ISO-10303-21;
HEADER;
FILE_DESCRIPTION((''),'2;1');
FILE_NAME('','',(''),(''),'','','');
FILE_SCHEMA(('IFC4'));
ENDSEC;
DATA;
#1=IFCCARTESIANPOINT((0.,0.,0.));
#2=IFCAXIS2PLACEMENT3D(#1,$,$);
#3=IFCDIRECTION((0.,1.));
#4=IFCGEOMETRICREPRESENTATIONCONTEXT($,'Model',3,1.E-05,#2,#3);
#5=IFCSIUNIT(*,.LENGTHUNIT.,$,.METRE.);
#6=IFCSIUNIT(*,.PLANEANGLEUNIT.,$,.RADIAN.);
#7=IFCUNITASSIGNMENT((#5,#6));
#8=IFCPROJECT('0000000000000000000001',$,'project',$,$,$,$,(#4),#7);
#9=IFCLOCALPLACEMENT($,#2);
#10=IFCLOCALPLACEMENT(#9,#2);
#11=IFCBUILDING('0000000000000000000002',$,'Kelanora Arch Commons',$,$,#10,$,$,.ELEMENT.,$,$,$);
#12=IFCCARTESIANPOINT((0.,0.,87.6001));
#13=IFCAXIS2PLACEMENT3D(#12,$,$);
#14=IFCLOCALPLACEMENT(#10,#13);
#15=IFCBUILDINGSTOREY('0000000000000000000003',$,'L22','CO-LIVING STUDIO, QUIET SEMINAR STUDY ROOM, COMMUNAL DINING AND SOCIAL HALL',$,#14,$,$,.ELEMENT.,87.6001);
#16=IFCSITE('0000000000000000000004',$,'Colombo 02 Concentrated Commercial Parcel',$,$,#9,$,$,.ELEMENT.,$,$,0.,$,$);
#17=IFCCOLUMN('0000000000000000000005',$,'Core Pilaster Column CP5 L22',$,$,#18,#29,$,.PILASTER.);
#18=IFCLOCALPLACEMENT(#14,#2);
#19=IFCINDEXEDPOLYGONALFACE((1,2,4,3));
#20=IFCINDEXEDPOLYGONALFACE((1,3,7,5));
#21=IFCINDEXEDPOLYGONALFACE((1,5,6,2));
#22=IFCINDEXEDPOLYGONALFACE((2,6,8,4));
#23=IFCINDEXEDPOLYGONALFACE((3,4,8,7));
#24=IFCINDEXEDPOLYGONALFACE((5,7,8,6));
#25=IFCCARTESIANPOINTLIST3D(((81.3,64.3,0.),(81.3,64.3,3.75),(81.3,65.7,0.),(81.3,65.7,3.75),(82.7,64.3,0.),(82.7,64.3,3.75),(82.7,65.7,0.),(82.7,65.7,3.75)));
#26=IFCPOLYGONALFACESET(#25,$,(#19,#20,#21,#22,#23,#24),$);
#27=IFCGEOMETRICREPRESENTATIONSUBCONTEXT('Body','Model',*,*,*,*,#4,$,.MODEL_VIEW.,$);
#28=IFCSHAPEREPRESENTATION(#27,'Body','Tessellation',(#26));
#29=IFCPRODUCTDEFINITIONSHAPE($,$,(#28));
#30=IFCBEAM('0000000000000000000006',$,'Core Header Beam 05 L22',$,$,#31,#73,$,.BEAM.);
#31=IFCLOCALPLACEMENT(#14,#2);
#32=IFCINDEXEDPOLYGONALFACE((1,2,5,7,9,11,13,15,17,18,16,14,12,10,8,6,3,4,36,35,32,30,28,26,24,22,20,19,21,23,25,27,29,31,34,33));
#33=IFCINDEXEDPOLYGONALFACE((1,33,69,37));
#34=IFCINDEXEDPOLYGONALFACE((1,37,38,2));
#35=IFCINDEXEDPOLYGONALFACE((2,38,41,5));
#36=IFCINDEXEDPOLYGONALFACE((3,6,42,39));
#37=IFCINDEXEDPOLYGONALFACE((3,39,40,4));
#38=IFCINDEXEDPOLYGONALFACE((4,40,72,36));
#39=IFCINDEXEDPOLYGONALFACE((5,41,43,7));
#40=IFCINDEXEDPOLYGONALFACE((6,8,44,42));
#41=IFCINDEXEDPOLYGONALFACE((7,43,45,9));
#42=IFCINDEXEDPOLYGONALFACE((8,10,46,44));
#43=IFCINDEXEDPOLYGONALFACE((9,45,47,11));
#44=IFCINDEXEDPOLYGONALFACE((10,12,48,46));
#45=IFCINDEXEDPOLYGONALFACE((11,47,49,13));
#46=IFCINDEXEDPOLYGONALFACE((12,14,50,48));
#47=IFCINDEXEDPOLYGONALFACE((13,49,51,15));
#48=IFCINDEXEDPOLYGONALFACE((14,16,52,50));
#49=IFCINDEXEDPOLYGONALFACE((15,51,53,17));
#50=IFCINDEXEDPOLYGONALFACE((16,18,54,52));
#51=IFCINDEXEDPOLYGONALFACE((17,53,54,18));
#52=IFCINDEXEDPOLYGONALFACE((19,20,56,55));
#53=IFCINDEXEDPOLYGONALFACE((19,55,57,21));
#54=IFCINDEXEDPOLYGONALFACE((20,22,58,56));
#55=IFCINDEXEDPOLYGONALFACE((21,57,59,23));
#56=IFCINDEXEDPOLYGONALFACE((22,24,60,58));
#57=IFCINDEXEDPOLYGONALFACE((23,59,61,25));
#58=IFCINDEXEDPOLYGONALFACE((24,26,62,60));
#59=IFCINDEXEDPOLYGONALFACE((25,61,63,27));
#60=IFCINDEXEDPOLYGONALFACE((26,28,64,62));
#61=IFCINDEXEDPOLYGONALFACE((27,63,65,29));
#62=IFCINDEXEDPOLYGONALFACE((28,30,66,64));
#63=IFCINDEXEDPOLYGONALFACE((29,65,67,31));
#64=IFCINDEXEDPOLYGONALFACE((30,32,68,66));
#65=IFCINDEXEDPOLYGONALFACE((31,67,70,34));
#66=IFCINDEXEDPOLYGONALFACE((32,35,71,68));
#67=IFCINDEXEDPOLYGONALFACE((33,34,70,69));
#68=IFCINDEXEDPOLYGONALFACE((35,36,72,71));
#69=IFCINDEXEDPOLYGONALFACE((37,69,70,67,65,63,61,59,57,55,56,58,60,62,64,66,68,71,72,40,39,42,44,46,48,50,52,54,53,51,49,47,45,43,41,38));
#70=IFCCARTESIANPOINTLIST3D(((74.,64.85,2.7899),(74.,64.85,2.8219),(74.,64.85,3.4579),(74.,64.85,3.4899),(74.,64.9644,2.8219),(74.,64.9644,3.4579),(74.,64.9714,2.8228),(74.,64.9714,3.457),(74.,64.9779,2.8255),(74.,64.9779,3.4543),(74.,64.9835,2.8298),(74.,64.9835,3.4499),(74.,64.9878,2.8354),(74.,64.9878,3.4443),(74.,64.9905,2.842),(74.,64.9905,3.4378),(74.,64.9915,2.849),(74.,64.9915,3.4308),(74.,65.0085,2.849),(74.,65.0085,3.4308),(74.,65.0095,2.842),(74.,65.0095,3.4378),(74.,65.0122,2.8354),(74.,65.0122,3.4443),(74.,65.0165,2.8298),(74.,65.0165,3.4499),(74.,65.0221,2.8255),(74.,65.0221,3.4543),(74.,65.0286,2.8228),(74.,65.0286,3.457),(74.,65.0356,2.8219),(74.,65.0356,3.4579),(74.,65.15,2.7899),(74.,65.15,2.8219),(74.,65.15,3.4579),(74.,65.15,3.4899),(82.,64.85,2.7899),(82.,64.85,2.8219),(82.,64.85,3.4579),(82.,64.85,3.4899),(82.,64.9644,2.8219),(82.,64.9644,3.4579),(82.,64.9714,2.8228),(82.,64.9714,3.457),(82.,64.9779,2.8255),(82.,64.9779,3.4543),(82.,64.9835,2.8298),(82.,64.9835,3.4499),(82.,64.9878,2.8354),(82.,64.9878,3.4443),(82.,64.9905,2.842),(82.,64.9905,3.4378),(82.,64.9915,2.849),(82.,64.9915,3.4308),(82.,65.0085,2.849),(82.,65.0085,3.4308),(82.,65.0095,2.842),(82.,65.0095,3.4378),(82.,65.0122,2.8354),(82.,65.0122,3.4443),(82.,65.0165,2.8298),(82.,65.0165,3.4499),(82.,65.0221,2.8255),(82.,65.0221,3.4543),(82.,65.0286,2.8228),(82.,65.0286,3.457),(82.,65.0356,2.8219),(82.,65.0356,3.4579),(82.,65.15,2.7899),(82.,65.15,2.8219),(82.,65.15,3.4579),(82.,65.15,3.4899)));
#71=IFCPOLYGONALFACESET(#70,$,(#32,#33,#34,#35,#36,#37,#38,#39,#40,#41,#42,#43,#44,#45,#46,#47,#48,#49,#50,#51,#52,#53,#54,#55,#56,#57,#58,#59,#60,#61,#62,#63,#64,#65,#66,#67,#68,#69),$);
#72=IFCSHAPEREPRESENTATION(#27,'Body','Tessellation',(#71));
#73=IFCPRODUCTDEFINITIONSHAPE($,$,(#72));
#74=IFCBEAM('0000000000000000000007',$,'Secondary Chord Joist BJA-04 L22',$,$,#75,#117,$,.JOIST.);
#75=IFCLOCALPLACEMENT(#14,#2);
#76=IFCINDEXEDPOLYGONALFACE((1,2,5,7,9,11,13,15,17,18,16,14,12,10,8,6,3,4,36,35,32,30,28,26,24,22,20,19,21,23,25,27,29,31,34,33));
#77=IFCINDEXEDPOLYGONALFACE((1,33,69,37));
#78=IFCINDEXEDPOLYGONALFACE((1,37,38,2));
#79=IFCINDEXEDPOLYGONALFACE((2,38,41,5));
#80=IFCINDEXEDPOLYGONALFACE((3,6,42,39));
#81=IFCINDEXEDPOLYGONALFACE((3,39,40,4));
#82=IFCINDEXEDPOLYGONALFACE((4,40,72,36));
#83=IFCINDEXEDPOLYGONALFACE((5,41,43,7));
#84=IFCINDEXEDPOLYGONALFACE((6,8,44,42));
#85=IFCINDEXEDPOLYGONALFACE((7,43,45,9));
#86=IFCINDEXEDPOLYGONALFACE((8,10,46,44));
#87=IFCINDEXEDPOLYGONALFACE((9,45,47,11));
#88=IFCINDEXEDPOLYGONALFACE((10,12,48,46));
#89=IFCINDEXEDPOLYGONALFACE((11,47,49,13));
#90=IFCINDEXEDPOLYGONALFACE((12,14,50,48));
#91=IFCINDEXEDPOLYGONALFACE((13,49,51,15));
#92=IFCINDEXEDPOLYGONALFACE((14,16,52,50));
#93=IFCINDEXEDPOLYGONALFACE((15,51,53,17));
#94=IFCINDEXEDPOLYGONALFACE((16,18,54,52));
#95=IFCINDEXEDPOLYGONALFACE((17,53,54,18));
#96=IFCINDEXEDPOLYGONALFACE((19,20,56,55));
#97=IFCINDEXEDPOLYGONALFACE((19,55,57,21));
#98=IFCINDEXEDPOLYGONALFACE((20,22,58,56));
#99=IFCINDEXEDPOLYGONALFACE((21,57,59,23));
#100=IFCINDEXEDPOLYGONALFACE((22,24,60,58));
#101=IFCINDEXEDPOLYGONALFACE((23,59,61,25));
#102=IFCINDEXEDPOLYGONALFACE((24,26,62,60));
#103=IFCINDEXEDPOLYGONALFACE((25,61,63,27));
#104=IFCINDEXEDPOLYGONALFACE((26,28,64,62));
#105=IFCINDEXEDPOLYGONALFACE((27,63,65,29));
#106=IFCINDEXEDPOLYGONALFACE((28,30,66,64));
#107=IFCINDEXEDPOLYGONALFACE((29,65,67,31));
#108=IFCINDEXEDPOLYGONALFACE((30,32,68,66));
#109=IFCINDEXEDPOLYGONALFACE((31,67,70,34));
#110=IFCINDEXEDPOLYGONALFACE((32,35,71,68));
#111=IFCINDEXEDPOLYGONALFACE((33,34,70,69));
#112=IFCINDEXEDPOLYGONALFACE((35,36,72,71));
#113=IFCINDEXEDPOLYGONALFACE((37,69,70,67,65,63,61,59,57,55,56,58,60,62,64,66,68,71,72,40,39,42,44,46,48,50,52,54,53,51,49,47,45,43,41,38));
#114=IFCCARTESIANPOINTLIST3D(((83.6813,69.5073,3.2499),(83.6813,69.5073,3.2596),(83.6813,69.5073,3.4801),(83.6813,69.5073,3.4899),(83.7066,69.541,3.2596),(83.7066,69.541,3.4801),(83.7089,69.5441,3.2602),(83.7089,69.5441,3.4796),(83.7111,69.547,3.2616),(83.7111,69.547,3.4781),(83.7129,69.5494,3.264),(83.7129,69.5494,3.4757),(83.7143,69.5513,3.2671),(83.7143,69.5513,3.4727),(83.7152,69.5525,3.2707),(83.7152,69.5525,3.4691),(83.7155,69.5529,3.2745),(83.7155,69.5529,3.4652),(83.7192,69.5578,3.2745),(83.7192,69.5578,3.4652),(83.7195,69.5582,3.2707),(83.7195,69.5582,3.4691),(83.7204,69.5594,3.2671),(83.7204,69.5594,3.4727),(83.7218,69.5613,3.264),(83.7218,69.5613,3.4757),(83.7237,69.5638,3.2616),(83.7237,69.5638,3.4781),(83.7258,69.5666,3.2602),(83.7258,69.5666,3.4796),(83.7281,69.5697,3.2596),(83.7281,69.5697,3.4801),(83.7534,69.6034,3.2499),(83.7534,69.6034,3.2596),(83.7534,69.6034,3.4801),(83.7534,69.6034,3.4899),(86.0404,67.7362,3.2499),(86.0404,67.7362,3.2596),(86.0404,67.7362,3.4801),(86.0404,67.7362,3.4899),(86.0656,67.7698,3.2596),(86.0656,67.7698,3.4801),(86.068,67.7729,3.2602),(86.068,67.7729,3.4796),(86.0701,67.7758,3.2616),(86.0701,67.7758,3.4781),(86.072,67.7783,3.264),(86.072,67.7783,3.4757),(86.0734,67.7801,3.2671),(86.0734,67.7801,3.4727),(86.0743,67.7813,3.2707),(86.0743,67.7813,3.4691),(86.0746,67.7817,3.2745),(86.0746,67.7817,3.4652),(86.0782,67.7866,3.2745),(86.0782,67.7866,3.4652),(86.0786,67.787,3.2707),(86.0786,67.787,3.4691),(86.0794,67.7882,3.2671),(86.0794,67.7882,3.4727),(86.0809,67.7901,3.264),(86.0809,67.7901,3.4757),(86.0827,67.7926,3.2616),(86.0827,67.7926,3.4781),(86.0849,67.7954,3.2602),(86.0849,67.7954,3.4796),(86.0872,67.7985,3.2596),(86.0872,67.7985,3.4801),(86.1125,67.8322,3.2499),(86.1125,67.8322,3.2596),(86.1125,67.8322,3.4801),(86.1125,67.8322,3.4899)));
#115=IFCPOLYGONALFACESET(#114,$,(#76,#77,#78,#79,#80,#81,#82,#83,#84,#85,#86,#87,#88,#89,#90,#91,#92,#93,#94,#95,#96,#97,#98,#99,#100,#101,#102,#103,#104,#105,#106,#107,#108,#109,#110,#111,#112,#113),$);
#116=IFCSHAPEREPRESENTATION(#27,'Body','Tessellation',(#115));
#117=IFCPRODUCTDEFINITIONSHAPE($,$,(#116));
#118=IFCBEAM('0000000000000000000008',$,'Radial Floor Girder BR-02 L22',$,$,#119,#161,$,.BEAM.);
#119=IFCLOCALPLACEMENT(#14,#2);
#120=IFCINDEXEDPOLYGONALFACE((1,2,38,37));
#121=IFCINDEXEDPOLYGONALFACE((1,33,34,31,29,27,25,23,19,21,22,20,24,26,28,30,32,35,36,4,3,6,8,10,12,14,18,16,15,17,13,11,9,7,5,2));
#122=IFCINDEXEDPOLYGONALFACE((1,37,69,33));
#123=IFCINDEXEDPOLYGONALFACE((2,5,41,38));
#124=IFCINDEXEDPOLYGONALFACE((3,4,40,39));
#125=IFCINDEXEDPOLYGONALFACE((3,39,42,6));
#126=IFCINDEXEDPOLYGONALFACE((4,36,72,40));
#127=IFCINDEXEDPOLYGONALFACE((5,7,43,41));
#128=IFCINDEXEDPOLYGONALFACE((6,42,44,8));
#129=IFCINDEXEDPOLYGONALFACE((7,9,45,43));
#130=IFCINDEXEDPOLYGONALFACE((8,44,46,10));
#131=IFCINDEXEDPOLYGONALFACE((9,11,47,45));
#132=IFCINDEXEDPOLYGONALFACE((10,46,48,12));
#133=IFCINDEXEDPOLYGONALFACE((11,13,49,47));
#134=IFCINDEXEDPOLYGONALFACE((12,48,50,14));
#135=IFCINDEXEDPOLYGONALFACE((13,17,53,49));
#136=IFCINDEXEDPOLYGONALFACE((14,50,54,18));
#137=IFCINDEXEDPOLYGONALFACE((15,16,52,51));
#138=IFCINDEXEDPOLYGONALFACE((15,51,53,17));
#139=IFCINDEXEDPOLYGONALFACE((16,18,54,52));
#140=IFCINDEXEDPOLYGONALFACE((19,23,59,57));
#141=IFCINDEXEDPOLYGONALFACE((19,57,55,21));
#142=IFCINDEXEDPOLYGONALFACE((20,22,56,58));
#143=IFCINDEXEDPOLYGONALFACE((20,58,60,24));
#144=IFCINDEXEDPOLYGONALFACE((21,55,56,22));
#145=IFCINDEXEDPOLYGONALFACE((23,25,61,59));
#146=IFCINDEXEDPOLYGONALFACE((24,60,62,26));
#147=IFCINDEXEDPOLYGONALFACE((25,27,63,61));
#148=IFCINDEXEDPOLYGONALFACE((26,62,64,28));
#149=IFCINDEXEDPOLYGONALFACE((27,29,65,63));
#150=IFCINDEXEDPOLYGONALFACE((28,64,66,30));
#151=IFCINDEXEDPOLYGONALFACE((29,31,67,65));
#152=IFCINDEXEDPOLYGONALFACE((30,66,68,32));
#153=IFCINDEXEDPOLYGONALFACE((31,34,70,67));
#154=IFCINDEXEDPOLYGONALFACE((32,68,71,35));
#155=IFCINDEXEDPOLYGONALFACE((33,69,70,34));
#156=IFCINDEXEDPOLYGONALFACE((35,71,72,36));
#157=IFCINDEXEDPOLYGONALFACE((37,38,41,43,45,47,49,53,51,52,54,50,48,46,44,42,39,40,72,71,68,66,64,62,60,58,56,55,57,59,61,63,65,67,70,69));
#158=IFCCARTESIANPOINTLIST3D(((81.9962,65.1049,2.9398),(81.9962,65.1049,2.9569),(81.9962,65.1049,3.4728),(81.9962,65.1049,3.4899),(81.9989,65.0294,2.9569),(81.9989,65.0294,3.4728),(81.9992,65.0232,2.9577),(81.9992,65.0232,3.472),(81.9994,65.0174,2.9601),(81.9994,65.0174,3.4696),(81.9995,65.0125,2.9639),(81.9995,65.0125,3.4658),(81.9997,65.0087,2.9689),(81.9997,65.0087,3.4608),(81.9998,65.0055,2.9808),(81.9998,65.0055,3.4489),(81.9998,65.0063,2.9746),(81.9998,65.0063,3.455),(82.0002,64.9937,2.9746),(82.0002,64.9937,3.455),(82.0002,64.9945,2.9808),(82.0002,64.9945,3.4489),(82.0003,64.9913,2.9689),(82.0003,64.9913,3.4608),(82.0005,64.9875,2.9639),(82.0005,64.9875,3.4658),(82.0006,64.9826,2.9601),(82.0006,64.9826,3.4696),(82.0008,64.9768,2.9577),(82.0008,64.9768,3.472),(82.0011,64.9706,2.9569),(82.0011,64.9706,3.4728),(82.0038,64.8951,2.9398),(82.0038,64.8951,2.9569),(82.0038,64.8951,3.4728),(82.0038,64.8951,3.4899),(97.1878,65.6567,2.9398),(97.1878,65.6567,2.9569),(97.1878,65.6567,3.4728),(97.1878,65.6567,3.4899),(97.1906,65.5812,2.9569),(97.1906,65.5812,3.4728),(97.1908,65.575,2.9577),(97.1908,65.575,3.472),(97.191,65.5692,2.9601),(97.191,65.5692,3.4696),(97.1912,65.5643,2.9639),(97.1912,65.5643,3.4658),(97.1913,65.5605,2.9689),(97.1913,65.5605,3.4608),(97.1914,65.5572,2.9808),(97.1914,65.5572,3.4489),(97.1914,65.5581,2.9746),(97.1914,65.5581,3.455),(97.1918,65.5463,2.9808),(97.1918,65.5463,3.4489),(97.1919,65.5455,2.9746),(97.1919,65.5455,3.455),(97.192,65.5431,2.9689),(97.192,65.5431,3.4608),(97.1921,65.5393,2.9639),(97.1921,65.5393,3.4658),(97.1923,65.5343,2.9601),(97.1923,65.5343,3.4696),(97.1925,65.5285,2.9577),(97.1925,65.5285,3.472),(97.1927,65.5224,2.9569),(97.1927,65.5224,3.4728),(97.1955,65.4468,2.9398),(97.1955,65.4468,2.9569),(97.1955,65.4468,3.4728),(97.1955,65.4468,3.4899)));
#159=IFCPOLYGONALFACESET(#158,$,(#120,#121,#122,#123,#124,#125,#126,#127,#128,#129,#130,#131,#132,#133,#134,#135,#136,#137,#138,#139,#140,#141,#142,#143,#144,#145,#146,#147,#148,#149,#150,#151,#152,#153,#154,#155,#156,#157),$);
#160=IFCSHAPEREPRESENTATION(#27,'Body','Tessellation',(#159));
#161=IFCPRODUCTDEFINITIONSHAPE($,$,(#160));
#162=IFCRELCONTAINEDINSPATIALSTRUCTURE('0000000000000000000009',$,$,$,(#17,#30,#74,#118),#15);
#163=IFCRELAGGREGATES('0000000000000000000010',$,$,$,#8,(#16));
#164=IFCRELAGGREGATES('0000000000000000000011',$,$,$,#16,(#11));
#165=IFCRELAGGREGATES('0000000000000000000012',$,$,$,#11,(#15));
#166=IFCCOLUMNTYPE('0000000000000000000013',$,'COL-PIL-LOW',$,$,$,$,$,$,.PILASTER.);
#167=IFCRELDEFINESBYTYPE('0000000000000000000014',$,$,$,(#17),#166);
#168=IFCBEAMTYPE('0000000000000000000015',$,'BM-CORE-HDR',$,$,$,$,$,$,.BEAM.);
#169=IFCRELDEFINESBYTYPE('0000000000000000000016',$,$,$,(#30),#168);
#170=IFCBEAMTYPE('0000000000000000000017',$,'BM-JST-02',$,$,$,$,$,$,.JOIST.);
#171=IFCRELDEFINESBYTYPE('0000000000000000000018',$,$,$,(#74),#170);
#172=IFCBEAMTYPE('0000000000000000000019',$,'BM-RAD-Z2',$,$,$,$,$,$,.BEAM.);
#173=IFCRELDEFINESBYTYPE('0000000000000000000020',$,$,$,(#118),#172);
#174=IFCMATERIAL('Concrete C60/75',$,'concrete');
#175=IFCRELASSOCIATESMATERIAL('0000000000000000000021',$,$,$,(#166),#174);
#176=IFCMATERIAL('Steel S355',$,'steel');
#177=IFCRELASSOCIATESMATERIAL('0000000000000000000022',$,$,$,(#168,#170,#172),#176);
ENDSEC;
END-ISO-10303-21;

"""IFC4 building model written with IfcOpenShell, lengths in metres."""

from ifc_helpers import new_model, si_unit, direction, frame, origin, origin_2d, place, context, subcontext, project, spatial, rectangle, i_section, extrude, material, material_profile, profile_set, type_object, element, save


model = new_model("IFC4")

# Units and contexts
model_context = context("Model", 3, precision=1e-05, world=origin(), true_north=direction((0.0, 1.0)))
body_context = subcontext(model_context, "Body", "Model", "MODEL_VIEW")
ifc_project = project(units=[si_unit("LENGTHUNIT", "METRE"), si_unit("PLANEANGLEUNIT", "RADIAN")], contexts=[model_context])

# Site, building, storey
site_placement = place(None, origin())
site = spatial("IfcSite", under=ifc_project, at=site_placement, Name="Colombo 02 Concentrated Commercial Parcel", CompositionType="ELEMENT", RefElevation=0.0)
building_placement = place(site_placement, origin())
building = spatial("IfcBuilding", under=site, at=building_placement, Name="Kelanora Arch Commons", CompositionType="ELEMENT")
storey_placement = place(building_placement, frame((0.0, 0.0, 87.6001)))
storey = spatial("IfcBuildingStorey", under=building, at=storey_placement, Name="L22", Description="CO-LIVING STUDIO, QUIET SEMINAR STUDY ROOM, COMMUNAL DINING AND SOCIAL HALL", CompositionType="ELEMENT", Elevation=87.6001)

# Column
ifc_material_1 = material(Name="Concrete C60/75", Category="concrete")
ifc_material_profile_1 = material_profile(ifc_material_1, rectangle(XDim=1.3999, YDim=1.3999, at=origin_2d()), Name="RC1400x1400")
ifc_profile_set_1 = profile_set([ifc_material_profile_1], Name="Concrete C60/75")
column_type = type_object("IfcColumnType", Name="COL-PIL-LOW", PredefinedType="PILASTER", material=ifc_profile_set_1)
column_placement = place(storey_placement, frame((82.0, 65.0, 0.0), z_axis=(0.0, 0.0, 1.0), x_axis=(1.0, 0.0, 0.0)))
element("IfcColumn", 1, at=column_placement, inside=storey, type_object=column_type, Name="Core Pilaster Column CP5 L22", PredefinedType="PILASTER", context=body_context, shape_type="SweptSolid", body=[
    extrude(rectangle(XDim=1.3999, YDim=1.3999, at=origin_2d()), origin(), (0.0, 0.0, 1.0), 3.75),
])

# Beams
ifc_material_2 = material(Name="Steel S355", Category="steel")
ifc_material_profile_2 = material_profile(ifc_material_2, i_section(OverallWidth=0.3, OverallDepth=0.7, WebThickness=0.0171, FlangeThickness=0.032, FilletRadius=0.0271, at=origin_2d()), Name="HEB700")
ifc_profile_set_2 = profile_set([ifc_material_profile_2], Name="Steel S355")
beam_type_1 = type_object("IfcBeamType", Name="BM-CORE-HDR", PredefinedType="BEAM", material=ifc_profile_set_2)
beam_1_placement = place(storey_placement, frame((82.0, 65.0, 3.1399), z_axis=(-1.0, 0.0, 0.0), x_axis=(0.0, -1.0, 0.0)))
element("IfcBeam", 2, at=beam_1_placement, inside=storey, type_object=beam_type_1, Name="Core Header Beam 05 L22", PredefinedType="BEAM", context=body_context, shape_type="SweptSolid", body=[
    extrude(i_section(OverallWidth=0.3, OverallDepth=0.7, WebThickness=0.0171, FlangeThickness=0.032, FilletRadius=0.0271, at=origin_2d()), origin(), (0.0, 0.0, 1.0), 8.0),
])
ifc_material_profile_3 = material_profile(ifc_material_2, i_section(OverallWidth=0.1201, OverallDepth=0.24, WebThickness=0.0061, FlangeThickness=0.0098, FilletRadius=0.0149, at=origin_2d()), Name="IPE240")
ifc_profile_set_3 = profile_set([ifc_material_profile_3], Name="Steel S355")
beam_type_2 = type_object("IfcBeamType", Name="BM-JST-02", PredefinedType="JOIST", material=ifc_profile_set_3)
beam_2_placement = place(storey_placement, frame((86.0764, 67.7842, 3.3699), z_axis=(-0.799692, 0.60041, 0.0), x_axis=(-0.60041, -0.799692, 0.0)))
element("IfcBeam", 3, at=beam_2_placement, inside=storey, type_object=beam_type_2, Name="Secondary Chord Joist BJA-04 L22", PredefinedType="JOIST", context=body_context, shape_type="SweptSolid", body=[
    extrude(i_section(OverallWidth=0.1201, OverallDepth=0.24, WebThickness=0.0061, FlangeThickness=0.0098, FilletRadius=0.0149, at=origin_2d()), origin(), (0.0, 0.0, 1.0), 2.95),
])
ifc_material_profile_4 = material_profile(ifc_material_2, i_section(OverallWidth=0.21, OverallDepth=0.55, WebThickness=0.011, FlangeThickness=0.0171, FilletRadius=0.0239, at=origin_2d()), Name="IPE550")
ifc_profile_set_4 = profile_set([ifc_material_profile_4], Name="Steel S355")
beam_type_3 = type_object("IfcBeamType", Name="BM-RAD-Z2", PredefinedType="BEAM", material=ifc_profile_set_4)
beam_3_placement = place(storey_placement, frame((82.0, 65.0, 3.2148), z_axis=(0.999341, 0.036296, 0.0), x_axis=(-0.036296, 0.999341, 0.0)))
element("IfcBeam", 4, at=beam_3_placement, inside=storey, type_object=beam_type_3, Name="Radial Floor Girder BR-02 L22", PredefinedType="BEAM", context=body_context, shape_type="SweptSolid", body=[
    extrude(i_section(OverallWidth=0.21, OverallDepth=0.55, WebThickness=0.011, FlangeThickness=0.0171, FilletRadius=0.0239, at=origin_2d()), origin(), (0.0, 0.0, 1.0), 15.2017),
])

save(model, "model.ifc")
